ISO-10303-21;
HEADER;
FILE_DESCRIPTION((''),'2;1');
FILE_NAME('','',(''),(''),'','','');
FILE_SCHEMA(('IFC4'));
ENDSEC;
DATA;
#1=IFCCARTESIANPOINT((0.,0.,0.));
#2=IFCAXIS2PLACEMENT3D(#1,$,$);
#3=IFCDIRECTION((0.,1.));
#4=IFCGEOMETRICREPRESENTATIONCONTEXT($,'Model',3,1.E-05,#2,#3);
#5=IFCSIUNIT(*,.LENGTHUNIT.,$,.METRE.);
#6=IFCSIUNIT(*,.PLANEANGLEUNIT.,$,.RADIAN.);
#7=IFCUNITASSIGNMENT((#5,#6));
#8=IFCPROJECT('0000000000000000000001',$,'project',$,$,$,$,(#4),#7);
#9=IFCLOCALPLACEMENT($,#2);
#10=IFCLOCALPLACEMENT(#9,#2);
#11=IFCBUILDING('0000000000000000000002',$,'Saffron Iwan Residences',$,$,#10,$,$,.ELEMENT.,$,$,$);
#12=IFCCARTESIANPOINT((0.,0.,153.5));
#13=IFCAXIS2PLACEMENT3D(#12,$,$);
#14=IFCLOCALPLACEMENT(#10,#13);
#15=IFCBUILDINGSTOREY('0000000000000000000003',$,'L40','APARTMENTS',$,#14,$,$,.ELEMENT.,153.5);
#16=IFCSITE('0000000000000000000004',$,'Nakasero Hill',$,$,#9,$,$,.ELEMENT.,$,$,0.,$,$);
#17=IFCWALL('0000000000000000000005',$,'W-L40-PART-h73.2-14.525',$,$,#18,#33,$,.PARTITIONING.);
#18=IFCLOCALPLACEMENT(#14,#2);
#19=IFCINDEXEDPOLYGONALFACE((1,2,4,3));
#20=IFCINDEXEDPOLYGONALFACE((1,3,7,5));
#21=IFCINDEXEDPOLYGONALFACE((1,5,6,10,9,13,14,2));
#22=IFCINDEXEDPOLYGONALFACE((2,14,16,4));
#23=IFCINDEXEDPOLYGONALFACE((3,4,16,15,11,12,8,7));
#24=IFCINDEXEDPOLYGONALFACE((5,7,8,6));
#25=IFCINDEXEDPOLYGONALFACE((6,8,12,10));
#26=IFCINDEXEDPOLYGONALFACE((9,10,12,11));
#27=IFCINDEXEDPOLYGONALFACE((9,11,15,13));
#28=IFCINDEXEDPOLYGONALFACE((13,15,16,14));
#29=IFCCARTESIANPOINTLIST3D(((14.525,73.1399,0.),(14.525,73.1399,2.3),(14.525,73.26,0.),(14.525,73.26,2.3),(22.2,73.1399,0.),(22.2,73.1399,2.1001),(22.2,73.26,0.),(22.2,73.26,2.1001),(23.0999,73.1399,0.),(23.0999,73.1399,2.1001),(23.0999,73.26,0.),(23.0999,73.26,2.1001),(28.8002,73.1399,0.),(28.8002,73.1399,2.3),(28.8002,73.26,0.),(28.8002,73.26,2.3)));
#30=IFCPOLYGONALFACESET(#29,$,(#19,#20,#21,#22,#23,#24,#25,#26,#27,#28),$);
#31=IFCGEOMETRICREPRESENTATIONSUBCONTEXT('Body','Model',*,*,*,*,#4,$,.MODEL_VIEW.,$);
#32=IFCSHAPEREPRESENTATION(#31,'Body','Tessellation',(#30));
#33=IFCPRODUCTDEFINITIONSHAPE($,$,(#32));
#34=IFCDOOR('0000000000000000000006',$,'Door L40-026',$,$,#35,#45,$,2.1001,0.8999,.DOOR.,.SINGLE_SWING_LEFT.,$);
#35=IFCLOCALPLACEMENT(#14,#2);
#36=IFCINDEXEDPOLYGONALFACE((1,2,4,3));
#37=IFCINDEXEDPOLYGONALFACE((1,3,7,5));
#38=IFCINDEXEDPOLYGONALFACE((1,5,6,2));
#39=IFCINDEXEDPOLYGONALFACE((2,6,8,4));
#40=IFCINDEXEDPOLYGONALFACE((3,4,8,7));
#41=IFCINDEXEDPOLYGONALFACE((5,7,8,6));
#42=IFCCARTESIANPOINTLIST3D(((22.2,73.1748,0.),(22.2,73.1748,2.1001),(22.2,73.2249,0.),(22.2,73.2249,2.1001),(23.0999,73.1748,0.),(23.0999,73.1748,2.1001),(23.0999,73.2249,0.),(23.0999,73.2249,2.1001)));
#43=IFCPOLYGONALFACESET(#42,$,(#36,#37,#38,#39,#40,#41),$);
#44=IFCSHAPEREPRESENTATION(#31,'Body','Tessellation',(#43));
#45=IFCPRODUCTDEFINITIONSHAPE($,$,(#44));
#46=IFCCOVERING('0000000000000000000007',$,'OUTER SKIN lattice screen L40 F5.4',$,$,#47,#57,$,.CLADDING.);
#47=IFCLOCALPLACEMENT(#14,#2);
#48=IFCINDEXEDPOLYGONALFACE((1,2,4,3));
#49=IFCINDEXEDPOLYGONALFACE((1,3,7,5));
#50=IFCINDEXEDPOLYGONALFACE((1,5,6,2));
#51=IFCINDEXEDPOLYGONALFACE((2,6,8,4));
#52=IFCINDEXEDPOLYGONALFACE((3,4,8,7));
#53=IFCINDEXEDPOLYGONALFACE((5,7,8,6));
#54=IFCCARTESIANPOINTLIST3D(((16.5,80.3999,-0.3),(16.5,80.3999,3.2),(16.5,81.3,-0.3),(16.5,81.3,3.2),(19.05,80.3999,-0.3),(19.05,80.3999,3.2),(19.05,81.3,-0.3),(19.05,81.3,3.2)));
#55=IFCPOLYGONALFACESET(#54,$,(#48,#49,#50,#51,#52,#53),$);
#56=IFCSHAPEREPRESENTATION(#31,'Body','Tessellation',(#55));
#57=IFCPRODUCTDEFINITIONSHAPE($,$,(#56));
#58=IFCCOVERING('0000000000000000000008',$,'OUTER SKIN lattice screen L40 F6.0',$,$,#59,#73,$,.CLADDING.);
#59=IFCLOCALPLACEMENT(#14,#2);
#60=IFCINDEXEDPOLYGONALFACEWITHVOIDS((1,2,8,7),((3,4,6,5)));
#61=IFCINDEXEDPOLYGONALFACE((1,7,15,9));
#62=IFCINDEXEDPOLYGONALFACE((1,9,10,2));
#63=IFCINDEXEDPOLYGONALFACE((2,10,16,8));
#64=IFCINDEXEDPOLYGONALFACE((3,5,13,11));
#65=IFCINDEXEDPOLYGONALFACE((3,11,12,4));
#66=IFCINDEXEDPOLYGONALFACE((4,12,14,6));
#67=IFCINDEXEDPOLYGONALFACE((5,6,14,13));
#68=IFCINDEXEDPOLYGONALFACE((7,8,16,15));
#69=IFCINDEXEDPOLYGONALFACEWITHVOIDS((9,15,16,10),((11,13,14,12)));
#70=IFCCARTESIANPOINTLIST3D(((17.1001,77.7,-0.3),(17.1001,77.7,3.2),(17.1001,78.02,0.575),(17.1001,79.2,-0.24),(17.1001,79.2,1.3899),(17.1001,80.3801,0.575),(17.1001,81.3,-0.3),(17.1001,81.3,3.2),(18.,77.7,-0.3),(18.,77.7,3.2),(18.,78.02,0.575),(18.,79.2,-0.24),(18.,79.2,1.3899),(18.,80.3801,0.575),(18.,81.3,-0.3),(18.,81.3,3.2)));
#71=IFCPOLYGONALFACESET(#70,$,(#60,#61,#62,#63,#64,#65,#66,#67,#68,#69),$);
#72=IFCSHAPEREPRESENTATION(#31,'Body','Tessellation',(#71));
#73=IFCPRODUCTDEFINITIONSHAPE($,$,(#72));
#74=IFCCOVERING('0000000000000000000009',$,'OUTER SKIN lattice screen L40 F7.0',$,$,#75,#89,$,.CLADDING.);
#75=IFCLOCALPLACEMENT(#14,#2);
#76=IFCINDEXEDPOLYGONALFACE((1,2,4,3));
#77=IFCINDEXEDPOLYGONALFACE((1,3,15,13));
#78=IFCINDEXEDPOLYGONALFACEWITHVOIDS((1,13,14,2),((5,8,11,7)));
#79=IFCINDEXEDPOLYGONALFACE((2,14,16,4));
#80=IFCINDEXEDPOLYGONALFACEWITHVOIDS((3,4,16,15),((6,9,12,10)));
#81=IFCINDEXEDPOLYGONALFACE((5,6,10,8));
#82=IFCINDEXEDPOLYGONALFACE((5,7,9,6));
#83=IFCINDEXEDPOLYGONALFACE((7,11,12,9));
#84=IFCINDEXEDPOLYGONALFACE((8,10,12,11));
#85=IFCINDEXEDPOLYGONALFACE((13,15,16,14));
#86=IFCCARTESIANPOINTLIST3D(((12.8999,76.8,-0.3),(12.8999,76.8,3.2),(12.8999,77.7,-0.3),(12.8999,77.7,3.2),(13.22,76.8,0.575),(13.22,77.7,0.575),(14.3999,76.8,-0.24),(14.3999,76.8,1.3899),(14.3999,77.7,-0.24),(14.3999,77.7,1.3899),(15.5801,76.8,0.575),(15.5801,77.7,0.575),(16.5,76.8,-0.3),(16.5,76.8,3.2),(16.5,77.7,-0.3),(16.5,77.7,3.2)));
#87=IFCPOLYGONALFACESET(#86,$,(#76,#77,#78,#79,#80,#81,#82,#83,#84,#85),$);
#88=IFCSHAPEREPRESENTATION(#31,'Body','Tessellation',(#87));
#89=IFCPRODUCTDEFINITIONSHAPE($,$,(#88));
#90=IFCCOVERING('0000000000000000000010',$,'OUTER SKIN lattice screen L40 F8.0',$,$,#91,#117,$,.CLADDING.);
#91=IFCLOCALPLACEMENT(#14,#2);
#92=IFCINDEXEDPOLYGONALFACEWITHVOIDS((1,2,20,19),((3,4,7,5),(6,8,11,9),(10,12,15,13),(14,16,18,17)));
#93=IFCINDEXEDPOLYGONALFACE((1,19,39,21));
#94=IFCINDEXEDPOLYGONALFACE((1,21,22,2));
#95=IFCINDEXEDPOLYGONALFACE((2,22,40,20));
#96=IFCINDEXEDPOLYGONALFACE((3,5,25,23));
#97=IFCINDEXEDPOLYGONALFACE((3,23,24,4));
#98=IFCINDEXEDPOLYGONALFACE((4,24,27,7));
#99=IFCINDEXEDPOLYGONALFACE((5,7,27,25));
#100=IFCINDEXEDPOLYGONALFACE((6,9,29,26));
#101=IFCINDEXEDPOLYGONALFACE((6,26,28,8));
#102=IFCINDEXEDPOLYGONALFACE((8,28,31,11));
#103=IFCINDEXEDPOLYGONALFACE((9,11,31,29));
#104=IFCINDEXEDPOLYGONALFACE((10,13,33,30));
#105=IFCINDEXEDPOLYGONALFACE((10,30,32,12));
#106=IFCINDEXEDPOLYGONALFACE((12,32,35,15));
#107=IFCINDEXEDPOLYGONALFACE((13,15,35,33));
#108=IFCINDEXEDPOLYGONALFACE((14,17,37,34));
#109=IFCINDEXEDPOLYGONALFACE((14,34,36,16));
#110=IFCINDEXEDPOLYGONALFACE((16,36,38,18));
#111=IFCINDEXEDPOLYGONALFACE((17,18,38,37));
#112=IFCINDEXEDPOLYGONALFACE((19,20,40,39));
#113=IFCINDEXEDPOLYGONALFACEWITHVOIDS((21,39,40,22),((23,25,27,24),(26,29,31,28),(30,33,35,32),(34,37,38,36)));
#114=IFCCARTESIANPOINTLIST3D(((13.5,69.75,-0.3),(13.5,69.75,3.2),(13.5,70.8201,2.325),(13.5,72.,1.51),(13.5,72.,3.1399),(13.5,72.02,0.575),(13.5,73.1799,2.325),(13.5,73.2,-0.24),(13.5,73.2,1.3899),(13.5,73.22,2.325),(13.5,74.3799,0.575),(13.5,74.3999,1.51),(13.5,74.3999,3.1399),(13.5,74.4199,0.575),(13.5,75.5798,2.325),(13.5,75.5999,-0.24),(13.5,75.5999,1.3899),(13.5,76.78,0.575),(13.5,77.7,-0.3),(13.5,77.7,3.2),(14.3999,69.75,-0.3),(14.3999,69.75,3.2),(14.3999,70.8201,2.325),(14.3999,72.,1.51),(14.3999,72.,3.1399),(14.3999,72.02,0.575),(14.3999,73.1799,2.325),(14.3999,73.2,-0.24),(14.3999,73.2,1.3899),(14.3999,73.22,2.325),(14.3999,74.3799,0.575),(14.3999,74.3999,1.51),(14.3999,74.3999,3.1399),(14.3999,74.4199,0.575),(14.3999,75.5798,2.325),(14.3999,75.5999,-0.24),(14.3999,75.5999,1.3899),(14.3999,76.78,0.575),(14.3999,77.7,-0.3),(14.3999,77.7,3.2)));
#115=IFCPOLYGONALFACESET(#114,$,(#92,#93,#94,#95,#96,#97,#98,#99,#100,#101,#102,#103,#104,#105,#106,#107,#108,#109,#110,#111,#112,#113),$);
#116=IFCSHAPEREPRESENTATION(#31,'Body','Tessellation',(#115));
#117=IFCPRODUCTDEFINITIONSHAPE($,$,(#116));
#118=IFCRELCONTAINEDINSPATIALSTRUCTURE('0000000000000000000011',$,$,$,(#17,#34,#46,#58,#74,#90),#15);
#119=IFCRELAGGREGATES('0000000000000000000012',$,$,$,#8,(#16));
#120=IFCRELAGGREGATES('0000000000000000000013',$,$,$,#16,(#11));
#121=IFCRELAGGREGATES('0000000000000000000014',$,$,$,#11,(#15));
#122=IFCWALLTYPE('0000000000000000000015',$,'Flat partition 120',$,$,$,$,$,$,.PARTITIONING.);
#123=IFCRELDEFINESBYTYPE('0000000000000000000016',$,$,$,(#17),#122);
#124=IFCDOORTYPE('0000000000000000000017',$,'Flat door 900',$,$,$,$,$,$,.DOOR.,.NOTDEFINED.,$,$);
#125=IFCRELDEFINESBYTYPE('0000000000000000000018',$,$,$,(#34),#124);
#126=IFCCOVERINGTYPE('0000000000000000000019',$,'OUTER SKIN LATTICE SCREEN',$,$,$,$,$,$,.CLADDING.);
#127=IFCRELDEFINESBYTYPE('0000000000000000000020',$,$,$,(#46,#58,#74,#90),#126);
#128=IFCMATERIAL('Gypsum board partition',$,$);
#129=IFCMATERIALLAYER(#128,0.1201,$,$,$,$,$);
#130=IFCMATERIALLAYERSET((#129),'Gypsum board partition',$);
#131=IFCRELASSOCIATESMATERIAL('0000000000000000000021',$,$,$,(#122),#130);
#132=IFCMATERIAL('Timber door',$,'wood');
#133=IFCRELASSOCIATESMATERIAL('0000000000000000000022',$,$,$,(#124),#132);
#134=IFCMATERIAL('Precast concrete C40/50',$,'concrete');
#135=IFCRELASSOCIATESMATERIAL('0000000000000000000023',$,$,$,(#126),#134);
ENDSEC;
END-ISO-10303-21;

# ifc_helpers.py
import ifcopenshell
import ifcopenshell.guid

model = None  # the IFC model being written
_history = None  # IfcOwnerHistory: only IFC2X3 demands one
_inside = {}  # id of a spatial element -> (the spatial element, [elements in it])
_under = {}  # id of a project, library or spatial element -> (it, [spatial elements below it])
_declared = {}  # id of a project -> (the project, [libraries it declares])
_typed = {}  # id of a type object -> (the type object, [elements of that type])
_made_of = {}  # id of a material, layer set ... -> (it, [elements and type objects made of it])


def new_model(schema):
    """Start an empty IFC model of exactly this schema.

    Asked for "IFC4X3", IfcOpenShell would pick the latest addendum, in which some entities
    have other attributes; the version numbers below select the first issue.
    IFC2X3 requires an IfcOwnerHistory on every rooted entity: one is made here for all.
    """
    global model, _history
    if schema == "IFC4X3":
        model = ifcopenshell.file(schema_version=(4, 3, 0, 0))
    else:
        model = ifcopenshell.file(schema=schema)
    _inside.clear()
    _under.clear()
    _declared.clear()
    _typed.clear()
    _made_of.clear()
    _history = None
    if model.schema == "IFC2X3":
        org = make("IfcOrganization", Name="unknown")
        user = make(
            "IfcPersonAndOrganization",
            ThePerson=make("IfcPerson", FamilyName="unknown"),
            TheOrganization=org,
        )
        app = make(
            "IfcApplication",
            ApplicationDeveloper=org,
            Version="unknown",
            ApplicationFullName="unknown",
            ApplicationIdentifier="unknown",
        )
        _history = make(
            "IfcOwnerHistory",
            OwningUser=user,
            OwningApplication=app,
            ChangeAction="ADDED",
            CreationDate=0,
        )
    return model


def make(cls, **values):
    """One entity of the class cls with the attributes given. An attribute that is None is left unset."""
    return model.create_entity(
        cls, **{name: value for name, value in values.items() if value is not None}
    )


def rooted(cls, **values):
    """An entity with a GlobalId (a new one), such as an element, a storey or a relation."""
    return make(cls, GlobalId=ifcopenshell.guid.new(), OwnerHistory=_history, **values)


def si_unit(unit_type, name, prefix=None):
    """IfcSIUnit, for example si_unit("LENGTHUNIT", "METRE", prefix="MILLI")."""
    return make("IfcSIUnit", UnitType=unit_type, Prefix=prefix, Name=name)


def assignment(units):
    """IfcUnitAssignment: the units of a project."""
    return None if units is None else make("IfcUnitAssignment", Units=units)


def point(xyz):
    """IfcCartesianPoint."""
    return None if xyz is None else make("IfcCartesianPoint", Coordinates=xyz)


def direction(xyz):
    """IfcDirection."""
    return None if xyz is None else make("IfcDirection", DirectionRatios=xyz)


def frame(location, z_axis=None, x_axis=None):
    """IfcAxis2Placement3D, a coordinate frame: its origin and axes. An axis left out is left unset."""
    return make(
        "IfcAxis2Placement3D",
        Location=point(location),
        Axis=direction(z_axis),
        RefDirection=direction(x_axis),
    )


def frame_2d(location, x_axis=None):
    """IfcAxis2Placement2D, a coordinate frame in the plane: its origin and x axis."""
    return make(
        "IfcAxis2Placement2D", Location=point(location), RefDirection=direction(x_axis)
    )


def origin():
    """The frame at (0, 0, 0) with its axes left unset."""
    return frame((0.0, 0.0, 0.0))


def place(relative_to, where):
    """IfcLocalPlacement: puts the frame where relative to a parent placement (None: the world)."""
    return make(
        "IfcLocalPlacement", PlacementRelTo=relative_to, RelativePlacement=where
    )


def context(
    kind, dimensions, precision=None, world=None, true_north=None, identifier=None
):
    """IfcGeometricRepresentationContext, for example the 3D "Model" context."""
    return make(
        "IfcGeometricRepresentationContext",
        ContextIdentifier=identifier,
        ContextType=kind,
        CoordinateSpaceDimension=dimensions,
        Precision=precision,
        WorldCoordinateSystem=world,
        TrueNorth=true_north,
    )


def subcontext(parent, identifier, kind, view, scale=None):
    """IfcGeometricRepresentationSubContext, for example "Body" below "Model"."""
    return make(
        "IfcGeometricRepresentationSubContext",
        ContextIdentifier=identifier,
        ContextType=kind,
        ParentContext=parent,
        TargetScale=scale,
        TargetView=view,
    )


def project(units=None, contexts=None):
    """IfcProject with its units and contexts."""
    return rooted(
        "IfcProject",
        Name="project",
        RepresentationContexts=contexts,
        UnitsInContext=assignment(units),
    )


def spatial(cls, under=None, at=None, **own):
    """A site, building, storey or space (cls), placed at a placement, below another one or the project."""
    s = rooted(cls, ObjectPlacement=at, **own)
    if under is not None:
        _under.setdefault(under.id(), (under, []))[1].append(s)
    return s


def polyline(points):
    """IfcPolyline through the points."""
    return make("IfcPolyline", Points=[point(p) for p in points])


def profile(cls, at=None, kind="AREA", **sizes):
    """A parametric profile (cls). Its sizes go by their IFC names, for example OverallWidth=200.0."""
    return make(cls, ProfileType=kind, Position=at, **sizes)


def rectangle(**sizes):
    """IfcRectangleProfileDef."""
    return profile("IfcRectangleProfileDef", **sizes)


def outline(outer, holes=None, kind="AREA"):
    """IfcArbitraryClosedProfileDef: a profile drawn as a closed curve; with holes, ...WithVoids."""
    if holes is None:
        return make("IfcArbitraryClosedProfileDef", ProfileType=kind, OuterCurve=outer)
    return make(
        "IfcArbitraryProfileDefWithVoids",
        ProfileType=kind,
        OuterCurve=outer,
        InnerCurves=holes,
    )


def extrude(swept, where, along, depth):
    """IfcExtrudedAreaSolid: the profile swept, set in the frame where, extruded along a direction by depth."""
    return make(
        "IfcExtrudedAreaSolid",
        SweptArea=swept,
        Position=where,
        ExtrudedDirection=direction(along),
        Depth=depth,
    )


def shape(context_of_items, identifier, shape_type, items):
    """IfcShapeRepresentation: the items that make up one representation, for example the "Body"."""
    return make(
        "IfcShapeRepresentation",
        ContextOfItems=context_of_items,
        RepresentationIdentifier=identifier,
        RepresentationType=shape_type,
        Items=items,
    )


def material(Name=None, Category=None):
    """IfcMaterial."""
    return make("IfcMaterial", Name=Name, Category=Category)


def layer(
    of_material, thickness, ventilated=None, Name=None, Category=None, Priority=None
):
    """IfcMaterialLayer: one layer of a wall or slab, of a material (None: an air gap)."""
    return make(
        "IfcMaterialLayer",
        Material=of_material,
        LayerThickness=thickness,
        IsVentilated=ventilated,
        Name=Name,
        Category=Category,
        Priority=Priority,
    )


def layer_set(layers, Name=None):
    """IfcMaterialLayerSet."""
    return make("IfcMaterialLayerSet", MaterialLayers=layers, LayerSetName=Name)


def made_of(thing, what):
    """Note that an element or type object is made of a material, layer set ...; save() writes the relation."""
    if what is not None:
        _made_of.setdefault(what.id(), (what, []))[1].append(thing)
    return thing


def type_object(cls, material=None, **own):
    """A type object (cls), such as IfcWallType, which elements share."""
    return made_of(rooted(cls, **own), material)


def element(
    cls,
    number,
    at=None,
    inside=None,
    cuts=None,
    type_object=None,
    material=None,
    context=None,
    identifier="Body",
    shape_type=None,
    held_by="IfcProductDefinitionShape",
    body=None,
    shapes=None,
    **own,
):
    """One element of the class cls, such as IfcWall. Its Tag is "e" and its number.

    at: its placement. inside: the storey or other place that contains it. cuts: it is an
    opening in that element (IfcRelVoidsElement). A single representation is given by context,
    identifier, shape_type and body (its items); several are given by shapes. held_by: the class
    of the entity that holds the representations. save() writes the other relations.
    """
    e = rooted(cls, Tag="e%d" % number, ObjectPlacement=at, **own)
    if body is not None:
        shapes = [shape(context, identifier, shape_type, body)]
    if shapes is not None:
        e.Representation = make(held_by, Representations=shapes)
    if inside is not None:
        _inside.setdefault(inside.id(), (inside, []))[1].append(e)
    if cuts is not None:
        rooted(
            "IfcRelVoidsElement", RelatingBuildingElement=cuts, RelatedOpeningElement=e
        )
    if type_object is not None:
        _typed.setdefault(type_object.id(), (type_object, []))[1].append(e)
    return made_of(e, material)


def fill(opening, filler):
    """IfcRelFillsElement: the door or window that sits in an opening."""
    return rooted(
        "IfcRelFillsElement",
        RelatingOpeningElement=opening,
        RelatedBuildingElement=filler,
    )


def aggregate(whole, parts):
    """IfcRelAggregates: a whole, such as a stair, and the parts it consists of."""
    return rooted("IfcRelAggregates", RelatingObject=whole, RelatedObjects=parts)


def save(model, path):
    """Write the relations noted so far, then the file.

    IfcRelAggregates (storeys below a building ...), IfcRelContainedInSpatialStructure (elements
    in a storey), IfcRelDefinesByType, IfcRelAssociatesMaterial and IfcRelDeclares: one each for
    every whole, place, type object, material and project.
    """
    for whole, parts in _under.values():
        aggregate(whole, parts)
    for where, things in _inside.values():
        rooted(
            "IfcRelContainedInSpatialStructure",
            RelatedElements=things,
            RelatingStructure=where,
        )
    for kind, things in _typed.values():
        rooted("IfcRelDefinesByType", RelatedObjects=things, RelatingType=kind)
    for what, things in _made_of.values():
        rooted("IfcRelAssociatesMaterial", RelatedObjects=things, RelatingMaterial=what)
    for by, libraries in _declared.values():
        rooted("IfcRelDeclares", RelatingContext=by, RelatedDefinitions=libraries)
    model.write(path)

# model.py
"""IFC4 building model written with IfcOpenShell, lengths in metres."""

from ifc_helpers import new_model, si_unit, direction, frame, frame_2d, origin, place, context, subcontext, project, spatial, polyline, rectangle, outline, extrude, material, layer, layer_set, type_object, element, fill, save


model = new_model("IFC4")

# Units and contexts
model_context = context("Model", 3, precision=1e-05, world=origin(), true_north=direction((0.0, 1.0)))
body_context = subcontext(model_context, "Body", "Model", "MODEL_VIEW")
ifc_project = project(units=[si_unit("LENGTHUNIT", "METRE"), si_unit("PLANEANGLEUNIT", "RADIAN")], contexts=[model_context])

# Site, building, storey
site_placement = place(None, origin())
site = spatial("IfcSite", under=ifc_project, at=site_placement, Name="Nakasero Hill", CompositionType="ELEMENT", RefElevation=0.0)
building_placement = place(site_placement, origin())
building = spatial("IfcBuilding", under=site, at=building_placement, Name="Saffron Iwan Residences", CompositionType="ELEMENT")
storey_placement = place(building_placement, frame((0.0, 0.0, 153.5)))
storey = spatial("IfcBuildingStorey", under=building, at=storey_placement, Name="L40", Description="APARTMENTS", CompositionType="ELEMENT", Elevation=153.5)

# Wall, opening, door
ifc_material_1 = material(Name="Gypsum board partition")
ifc_layer_1 = layer(ifc_material_1, 0.1201)
ifc_layer_set_1 = layer_set([ifc_layer_1], Name="Gypsum board partition")
wall_type_1 = type_object("IfcWallType", Name="Flat partition 120", PredefinedType="PARTITIONING", material=ifc_layer_set_1)
wall_1_placement = place(storey_placement, frame((14.5249, 73.2, 0.0), z_axis=(0.0, 0.0, 1.0), x_axis=(1.0, 0.0, 0.0)))
wall_1 = element("IfcWall", 1, at=wall_1_placement, inside=storey, type_object=wall_type_1, Name="W-L40-PART-h73.2-14.525", PredefinedType="PARTITIONING", context=body_context, shape_type="SweptSolid", body=[
    extrude(rectangle(XDim=14.2751, YDim=0.1201, at=frame_2d((7.1377, 0.0))), origin(), (0.0, 0.0, 1.0), 2.3),
])
opening_1_placement = place(wall_1_placement, frame((7.675, 0.0, 0.0)))
opening_1 = element("IfcOpeningElement", 2, at=opening_1_placement, cuts=wall_1, PredefinedType="OPENING", context=body_context, shape_type="SweptSolid", body=[
    extrude(rectangle(XDim=0.8999, YDim=2.1001, at=frame_2d((0.45, 1.05))), frame((0.0, 0.0701, 0.0), z_axis=(0.0, -1.0, 0.0), x_axis=(1.0, 0.0, 0.0)), (0.0, 0.0, 1.0), 0.1401),
])
ifc_material_2 = material(Name="Timber door", Category="wood")
door_type = type_object("IfcDoorType", Name="Flat door 900", OperationType="NOTDEFINED", PredefinedType="DOOR", material=ifc_material_2)
door_placement = place(opening_1_placement, origin())
door = element("IfcDoor", 3, at=door_placement, inside=storey, type_object=door_type, Name="Door L40-026", OperationType="SINGLE_SWING_LEFT", OverallHeight=2.1001, OverallWidth=0.8999, PredefinedType="DOOR", context=body_context, shape_type="SweptSolid", body=[
    extrude(rectangle(XDim=0.8999, YDim=2.1001, at=frame_2d((0.45, 1.05))), frame((0.0, 0.0249, 0.0), z_axis=(0.0, -1.0, 0.0), x_axis=(1.0, 0.0, 0.0)), (0.0, 0.0, 1.0), 0.05),
])
fill(opening_1, door)

# Coverings
ifc_material_3 = material(Name="Precast concrete C40/50", Category="concrete")
covering_type = type_object("IfcCoveringType", Name="OUTER SKIN LATTICE SCREEN", PredefinedType="CLADDING", material=ifc_material_3)
covering_1_placement = place(storey_placement, frame((19.05, 80.3999, -0.3), z_axis=(0.0, 1.0, 0.0), x_axis=(-1.0, 0.0, 0.0)))
element("IfcCovering", 4, at=covering_1_placement, inside=storey, type_object=covering_type, Name="OUTER SKIN lattice screen L40 F5.4", PredefinedType="CLADDING", context=body_context, shape_type="SweptSolid", body=[
    extrude(outline(polyline([(0.0, 0.0), (2.55, 0.0), (2.55, 3.5), (0.0, 3.5), (0.0, 0.0)])), origin(), (0.0, 0.0, 1.0), 0.9001),
])
for number, where, z_axis, x_axis, name in (
    (5, (18.0, 81.3, -0.3), (-1.0, 0.0, 0.0), (0.0, -1.0, 0.0), "OUTER SKIN lattice screen L40 F6.0"),
    (6, (16.5, 76.8, -0.3), (0.0, 1.0, 0.0), (-1.0, 0.0, 0.0), "OUTER SKIN lattice screen L40 F7.0"),
):
    element("IfcCovering", number, at=place(storey_placement, frame(where, z_axis=z_axis, x_axis=x_axis)), inside=storey, type_object=covering_type, Name=name, PredefinedType="CLADDING", context=body_context, shape_type="SweptSolid", body=[
        extrude(outline(polyline([(0.0, 0.0), (3.6001, 0.0), (3.6001, 3.5), (0.0, 3.5), (0.0, 0.0)]), holes=[polyline([(0.9199, 0.875), (2.1001, 0.0601), (3.28, 0.875), (2.1001, 1.6899), (0.9199, 0.875)])]), origin(), (0.0, 0.0, 1.0), 0.8999),
    ])
covering_2_placement = place(storey_placement, frame((14.3999, 77.7, -0.3), z_axis=(-1.0, 0.0, 0.0), x_axis=(0.0, -1.0, 0.0)))
element("IfcCovering", 7, at=covering_2_placement, inside=storey, type_object=covering_type, Name="OUTER SKIN lattice screen L40 F8.0", PredefinedType="CLADDING", context=body_context, shape_type="SweptSolid", body=[
    extrude(outline(polyline([(0.0, 0.0), (7.95, 0.0), (7.95, 3.5), (0.0, 3.5), (0.0, 0.0)]), holes=[polyline([(0.9199, 0.875), (2.1001, 0.0601), (3.28, 0.875), (2.1001, 1.6899), (0.9199, 0.875)]), polyline([(3.3201, 0.875), (4.5, 0.0601), (5.6799, 0.875), (4.5, 1.6899), (3.3201, 0.875)]), polyline([(2.1201, 2.625), (3.3, 1.8101), (4.48, 2.625), (3.3, 3.4399), (2.1201, 2.625)]), polyline([(4.52, 2.625), (5.7, 1.8101), (6.8799, 2.625), (5.7, 3.4399), (4.52, 2.625)])]), origin(), (0.0, 0.0, 1.0), 0.8999),
])

save(model, "model.ifc")
